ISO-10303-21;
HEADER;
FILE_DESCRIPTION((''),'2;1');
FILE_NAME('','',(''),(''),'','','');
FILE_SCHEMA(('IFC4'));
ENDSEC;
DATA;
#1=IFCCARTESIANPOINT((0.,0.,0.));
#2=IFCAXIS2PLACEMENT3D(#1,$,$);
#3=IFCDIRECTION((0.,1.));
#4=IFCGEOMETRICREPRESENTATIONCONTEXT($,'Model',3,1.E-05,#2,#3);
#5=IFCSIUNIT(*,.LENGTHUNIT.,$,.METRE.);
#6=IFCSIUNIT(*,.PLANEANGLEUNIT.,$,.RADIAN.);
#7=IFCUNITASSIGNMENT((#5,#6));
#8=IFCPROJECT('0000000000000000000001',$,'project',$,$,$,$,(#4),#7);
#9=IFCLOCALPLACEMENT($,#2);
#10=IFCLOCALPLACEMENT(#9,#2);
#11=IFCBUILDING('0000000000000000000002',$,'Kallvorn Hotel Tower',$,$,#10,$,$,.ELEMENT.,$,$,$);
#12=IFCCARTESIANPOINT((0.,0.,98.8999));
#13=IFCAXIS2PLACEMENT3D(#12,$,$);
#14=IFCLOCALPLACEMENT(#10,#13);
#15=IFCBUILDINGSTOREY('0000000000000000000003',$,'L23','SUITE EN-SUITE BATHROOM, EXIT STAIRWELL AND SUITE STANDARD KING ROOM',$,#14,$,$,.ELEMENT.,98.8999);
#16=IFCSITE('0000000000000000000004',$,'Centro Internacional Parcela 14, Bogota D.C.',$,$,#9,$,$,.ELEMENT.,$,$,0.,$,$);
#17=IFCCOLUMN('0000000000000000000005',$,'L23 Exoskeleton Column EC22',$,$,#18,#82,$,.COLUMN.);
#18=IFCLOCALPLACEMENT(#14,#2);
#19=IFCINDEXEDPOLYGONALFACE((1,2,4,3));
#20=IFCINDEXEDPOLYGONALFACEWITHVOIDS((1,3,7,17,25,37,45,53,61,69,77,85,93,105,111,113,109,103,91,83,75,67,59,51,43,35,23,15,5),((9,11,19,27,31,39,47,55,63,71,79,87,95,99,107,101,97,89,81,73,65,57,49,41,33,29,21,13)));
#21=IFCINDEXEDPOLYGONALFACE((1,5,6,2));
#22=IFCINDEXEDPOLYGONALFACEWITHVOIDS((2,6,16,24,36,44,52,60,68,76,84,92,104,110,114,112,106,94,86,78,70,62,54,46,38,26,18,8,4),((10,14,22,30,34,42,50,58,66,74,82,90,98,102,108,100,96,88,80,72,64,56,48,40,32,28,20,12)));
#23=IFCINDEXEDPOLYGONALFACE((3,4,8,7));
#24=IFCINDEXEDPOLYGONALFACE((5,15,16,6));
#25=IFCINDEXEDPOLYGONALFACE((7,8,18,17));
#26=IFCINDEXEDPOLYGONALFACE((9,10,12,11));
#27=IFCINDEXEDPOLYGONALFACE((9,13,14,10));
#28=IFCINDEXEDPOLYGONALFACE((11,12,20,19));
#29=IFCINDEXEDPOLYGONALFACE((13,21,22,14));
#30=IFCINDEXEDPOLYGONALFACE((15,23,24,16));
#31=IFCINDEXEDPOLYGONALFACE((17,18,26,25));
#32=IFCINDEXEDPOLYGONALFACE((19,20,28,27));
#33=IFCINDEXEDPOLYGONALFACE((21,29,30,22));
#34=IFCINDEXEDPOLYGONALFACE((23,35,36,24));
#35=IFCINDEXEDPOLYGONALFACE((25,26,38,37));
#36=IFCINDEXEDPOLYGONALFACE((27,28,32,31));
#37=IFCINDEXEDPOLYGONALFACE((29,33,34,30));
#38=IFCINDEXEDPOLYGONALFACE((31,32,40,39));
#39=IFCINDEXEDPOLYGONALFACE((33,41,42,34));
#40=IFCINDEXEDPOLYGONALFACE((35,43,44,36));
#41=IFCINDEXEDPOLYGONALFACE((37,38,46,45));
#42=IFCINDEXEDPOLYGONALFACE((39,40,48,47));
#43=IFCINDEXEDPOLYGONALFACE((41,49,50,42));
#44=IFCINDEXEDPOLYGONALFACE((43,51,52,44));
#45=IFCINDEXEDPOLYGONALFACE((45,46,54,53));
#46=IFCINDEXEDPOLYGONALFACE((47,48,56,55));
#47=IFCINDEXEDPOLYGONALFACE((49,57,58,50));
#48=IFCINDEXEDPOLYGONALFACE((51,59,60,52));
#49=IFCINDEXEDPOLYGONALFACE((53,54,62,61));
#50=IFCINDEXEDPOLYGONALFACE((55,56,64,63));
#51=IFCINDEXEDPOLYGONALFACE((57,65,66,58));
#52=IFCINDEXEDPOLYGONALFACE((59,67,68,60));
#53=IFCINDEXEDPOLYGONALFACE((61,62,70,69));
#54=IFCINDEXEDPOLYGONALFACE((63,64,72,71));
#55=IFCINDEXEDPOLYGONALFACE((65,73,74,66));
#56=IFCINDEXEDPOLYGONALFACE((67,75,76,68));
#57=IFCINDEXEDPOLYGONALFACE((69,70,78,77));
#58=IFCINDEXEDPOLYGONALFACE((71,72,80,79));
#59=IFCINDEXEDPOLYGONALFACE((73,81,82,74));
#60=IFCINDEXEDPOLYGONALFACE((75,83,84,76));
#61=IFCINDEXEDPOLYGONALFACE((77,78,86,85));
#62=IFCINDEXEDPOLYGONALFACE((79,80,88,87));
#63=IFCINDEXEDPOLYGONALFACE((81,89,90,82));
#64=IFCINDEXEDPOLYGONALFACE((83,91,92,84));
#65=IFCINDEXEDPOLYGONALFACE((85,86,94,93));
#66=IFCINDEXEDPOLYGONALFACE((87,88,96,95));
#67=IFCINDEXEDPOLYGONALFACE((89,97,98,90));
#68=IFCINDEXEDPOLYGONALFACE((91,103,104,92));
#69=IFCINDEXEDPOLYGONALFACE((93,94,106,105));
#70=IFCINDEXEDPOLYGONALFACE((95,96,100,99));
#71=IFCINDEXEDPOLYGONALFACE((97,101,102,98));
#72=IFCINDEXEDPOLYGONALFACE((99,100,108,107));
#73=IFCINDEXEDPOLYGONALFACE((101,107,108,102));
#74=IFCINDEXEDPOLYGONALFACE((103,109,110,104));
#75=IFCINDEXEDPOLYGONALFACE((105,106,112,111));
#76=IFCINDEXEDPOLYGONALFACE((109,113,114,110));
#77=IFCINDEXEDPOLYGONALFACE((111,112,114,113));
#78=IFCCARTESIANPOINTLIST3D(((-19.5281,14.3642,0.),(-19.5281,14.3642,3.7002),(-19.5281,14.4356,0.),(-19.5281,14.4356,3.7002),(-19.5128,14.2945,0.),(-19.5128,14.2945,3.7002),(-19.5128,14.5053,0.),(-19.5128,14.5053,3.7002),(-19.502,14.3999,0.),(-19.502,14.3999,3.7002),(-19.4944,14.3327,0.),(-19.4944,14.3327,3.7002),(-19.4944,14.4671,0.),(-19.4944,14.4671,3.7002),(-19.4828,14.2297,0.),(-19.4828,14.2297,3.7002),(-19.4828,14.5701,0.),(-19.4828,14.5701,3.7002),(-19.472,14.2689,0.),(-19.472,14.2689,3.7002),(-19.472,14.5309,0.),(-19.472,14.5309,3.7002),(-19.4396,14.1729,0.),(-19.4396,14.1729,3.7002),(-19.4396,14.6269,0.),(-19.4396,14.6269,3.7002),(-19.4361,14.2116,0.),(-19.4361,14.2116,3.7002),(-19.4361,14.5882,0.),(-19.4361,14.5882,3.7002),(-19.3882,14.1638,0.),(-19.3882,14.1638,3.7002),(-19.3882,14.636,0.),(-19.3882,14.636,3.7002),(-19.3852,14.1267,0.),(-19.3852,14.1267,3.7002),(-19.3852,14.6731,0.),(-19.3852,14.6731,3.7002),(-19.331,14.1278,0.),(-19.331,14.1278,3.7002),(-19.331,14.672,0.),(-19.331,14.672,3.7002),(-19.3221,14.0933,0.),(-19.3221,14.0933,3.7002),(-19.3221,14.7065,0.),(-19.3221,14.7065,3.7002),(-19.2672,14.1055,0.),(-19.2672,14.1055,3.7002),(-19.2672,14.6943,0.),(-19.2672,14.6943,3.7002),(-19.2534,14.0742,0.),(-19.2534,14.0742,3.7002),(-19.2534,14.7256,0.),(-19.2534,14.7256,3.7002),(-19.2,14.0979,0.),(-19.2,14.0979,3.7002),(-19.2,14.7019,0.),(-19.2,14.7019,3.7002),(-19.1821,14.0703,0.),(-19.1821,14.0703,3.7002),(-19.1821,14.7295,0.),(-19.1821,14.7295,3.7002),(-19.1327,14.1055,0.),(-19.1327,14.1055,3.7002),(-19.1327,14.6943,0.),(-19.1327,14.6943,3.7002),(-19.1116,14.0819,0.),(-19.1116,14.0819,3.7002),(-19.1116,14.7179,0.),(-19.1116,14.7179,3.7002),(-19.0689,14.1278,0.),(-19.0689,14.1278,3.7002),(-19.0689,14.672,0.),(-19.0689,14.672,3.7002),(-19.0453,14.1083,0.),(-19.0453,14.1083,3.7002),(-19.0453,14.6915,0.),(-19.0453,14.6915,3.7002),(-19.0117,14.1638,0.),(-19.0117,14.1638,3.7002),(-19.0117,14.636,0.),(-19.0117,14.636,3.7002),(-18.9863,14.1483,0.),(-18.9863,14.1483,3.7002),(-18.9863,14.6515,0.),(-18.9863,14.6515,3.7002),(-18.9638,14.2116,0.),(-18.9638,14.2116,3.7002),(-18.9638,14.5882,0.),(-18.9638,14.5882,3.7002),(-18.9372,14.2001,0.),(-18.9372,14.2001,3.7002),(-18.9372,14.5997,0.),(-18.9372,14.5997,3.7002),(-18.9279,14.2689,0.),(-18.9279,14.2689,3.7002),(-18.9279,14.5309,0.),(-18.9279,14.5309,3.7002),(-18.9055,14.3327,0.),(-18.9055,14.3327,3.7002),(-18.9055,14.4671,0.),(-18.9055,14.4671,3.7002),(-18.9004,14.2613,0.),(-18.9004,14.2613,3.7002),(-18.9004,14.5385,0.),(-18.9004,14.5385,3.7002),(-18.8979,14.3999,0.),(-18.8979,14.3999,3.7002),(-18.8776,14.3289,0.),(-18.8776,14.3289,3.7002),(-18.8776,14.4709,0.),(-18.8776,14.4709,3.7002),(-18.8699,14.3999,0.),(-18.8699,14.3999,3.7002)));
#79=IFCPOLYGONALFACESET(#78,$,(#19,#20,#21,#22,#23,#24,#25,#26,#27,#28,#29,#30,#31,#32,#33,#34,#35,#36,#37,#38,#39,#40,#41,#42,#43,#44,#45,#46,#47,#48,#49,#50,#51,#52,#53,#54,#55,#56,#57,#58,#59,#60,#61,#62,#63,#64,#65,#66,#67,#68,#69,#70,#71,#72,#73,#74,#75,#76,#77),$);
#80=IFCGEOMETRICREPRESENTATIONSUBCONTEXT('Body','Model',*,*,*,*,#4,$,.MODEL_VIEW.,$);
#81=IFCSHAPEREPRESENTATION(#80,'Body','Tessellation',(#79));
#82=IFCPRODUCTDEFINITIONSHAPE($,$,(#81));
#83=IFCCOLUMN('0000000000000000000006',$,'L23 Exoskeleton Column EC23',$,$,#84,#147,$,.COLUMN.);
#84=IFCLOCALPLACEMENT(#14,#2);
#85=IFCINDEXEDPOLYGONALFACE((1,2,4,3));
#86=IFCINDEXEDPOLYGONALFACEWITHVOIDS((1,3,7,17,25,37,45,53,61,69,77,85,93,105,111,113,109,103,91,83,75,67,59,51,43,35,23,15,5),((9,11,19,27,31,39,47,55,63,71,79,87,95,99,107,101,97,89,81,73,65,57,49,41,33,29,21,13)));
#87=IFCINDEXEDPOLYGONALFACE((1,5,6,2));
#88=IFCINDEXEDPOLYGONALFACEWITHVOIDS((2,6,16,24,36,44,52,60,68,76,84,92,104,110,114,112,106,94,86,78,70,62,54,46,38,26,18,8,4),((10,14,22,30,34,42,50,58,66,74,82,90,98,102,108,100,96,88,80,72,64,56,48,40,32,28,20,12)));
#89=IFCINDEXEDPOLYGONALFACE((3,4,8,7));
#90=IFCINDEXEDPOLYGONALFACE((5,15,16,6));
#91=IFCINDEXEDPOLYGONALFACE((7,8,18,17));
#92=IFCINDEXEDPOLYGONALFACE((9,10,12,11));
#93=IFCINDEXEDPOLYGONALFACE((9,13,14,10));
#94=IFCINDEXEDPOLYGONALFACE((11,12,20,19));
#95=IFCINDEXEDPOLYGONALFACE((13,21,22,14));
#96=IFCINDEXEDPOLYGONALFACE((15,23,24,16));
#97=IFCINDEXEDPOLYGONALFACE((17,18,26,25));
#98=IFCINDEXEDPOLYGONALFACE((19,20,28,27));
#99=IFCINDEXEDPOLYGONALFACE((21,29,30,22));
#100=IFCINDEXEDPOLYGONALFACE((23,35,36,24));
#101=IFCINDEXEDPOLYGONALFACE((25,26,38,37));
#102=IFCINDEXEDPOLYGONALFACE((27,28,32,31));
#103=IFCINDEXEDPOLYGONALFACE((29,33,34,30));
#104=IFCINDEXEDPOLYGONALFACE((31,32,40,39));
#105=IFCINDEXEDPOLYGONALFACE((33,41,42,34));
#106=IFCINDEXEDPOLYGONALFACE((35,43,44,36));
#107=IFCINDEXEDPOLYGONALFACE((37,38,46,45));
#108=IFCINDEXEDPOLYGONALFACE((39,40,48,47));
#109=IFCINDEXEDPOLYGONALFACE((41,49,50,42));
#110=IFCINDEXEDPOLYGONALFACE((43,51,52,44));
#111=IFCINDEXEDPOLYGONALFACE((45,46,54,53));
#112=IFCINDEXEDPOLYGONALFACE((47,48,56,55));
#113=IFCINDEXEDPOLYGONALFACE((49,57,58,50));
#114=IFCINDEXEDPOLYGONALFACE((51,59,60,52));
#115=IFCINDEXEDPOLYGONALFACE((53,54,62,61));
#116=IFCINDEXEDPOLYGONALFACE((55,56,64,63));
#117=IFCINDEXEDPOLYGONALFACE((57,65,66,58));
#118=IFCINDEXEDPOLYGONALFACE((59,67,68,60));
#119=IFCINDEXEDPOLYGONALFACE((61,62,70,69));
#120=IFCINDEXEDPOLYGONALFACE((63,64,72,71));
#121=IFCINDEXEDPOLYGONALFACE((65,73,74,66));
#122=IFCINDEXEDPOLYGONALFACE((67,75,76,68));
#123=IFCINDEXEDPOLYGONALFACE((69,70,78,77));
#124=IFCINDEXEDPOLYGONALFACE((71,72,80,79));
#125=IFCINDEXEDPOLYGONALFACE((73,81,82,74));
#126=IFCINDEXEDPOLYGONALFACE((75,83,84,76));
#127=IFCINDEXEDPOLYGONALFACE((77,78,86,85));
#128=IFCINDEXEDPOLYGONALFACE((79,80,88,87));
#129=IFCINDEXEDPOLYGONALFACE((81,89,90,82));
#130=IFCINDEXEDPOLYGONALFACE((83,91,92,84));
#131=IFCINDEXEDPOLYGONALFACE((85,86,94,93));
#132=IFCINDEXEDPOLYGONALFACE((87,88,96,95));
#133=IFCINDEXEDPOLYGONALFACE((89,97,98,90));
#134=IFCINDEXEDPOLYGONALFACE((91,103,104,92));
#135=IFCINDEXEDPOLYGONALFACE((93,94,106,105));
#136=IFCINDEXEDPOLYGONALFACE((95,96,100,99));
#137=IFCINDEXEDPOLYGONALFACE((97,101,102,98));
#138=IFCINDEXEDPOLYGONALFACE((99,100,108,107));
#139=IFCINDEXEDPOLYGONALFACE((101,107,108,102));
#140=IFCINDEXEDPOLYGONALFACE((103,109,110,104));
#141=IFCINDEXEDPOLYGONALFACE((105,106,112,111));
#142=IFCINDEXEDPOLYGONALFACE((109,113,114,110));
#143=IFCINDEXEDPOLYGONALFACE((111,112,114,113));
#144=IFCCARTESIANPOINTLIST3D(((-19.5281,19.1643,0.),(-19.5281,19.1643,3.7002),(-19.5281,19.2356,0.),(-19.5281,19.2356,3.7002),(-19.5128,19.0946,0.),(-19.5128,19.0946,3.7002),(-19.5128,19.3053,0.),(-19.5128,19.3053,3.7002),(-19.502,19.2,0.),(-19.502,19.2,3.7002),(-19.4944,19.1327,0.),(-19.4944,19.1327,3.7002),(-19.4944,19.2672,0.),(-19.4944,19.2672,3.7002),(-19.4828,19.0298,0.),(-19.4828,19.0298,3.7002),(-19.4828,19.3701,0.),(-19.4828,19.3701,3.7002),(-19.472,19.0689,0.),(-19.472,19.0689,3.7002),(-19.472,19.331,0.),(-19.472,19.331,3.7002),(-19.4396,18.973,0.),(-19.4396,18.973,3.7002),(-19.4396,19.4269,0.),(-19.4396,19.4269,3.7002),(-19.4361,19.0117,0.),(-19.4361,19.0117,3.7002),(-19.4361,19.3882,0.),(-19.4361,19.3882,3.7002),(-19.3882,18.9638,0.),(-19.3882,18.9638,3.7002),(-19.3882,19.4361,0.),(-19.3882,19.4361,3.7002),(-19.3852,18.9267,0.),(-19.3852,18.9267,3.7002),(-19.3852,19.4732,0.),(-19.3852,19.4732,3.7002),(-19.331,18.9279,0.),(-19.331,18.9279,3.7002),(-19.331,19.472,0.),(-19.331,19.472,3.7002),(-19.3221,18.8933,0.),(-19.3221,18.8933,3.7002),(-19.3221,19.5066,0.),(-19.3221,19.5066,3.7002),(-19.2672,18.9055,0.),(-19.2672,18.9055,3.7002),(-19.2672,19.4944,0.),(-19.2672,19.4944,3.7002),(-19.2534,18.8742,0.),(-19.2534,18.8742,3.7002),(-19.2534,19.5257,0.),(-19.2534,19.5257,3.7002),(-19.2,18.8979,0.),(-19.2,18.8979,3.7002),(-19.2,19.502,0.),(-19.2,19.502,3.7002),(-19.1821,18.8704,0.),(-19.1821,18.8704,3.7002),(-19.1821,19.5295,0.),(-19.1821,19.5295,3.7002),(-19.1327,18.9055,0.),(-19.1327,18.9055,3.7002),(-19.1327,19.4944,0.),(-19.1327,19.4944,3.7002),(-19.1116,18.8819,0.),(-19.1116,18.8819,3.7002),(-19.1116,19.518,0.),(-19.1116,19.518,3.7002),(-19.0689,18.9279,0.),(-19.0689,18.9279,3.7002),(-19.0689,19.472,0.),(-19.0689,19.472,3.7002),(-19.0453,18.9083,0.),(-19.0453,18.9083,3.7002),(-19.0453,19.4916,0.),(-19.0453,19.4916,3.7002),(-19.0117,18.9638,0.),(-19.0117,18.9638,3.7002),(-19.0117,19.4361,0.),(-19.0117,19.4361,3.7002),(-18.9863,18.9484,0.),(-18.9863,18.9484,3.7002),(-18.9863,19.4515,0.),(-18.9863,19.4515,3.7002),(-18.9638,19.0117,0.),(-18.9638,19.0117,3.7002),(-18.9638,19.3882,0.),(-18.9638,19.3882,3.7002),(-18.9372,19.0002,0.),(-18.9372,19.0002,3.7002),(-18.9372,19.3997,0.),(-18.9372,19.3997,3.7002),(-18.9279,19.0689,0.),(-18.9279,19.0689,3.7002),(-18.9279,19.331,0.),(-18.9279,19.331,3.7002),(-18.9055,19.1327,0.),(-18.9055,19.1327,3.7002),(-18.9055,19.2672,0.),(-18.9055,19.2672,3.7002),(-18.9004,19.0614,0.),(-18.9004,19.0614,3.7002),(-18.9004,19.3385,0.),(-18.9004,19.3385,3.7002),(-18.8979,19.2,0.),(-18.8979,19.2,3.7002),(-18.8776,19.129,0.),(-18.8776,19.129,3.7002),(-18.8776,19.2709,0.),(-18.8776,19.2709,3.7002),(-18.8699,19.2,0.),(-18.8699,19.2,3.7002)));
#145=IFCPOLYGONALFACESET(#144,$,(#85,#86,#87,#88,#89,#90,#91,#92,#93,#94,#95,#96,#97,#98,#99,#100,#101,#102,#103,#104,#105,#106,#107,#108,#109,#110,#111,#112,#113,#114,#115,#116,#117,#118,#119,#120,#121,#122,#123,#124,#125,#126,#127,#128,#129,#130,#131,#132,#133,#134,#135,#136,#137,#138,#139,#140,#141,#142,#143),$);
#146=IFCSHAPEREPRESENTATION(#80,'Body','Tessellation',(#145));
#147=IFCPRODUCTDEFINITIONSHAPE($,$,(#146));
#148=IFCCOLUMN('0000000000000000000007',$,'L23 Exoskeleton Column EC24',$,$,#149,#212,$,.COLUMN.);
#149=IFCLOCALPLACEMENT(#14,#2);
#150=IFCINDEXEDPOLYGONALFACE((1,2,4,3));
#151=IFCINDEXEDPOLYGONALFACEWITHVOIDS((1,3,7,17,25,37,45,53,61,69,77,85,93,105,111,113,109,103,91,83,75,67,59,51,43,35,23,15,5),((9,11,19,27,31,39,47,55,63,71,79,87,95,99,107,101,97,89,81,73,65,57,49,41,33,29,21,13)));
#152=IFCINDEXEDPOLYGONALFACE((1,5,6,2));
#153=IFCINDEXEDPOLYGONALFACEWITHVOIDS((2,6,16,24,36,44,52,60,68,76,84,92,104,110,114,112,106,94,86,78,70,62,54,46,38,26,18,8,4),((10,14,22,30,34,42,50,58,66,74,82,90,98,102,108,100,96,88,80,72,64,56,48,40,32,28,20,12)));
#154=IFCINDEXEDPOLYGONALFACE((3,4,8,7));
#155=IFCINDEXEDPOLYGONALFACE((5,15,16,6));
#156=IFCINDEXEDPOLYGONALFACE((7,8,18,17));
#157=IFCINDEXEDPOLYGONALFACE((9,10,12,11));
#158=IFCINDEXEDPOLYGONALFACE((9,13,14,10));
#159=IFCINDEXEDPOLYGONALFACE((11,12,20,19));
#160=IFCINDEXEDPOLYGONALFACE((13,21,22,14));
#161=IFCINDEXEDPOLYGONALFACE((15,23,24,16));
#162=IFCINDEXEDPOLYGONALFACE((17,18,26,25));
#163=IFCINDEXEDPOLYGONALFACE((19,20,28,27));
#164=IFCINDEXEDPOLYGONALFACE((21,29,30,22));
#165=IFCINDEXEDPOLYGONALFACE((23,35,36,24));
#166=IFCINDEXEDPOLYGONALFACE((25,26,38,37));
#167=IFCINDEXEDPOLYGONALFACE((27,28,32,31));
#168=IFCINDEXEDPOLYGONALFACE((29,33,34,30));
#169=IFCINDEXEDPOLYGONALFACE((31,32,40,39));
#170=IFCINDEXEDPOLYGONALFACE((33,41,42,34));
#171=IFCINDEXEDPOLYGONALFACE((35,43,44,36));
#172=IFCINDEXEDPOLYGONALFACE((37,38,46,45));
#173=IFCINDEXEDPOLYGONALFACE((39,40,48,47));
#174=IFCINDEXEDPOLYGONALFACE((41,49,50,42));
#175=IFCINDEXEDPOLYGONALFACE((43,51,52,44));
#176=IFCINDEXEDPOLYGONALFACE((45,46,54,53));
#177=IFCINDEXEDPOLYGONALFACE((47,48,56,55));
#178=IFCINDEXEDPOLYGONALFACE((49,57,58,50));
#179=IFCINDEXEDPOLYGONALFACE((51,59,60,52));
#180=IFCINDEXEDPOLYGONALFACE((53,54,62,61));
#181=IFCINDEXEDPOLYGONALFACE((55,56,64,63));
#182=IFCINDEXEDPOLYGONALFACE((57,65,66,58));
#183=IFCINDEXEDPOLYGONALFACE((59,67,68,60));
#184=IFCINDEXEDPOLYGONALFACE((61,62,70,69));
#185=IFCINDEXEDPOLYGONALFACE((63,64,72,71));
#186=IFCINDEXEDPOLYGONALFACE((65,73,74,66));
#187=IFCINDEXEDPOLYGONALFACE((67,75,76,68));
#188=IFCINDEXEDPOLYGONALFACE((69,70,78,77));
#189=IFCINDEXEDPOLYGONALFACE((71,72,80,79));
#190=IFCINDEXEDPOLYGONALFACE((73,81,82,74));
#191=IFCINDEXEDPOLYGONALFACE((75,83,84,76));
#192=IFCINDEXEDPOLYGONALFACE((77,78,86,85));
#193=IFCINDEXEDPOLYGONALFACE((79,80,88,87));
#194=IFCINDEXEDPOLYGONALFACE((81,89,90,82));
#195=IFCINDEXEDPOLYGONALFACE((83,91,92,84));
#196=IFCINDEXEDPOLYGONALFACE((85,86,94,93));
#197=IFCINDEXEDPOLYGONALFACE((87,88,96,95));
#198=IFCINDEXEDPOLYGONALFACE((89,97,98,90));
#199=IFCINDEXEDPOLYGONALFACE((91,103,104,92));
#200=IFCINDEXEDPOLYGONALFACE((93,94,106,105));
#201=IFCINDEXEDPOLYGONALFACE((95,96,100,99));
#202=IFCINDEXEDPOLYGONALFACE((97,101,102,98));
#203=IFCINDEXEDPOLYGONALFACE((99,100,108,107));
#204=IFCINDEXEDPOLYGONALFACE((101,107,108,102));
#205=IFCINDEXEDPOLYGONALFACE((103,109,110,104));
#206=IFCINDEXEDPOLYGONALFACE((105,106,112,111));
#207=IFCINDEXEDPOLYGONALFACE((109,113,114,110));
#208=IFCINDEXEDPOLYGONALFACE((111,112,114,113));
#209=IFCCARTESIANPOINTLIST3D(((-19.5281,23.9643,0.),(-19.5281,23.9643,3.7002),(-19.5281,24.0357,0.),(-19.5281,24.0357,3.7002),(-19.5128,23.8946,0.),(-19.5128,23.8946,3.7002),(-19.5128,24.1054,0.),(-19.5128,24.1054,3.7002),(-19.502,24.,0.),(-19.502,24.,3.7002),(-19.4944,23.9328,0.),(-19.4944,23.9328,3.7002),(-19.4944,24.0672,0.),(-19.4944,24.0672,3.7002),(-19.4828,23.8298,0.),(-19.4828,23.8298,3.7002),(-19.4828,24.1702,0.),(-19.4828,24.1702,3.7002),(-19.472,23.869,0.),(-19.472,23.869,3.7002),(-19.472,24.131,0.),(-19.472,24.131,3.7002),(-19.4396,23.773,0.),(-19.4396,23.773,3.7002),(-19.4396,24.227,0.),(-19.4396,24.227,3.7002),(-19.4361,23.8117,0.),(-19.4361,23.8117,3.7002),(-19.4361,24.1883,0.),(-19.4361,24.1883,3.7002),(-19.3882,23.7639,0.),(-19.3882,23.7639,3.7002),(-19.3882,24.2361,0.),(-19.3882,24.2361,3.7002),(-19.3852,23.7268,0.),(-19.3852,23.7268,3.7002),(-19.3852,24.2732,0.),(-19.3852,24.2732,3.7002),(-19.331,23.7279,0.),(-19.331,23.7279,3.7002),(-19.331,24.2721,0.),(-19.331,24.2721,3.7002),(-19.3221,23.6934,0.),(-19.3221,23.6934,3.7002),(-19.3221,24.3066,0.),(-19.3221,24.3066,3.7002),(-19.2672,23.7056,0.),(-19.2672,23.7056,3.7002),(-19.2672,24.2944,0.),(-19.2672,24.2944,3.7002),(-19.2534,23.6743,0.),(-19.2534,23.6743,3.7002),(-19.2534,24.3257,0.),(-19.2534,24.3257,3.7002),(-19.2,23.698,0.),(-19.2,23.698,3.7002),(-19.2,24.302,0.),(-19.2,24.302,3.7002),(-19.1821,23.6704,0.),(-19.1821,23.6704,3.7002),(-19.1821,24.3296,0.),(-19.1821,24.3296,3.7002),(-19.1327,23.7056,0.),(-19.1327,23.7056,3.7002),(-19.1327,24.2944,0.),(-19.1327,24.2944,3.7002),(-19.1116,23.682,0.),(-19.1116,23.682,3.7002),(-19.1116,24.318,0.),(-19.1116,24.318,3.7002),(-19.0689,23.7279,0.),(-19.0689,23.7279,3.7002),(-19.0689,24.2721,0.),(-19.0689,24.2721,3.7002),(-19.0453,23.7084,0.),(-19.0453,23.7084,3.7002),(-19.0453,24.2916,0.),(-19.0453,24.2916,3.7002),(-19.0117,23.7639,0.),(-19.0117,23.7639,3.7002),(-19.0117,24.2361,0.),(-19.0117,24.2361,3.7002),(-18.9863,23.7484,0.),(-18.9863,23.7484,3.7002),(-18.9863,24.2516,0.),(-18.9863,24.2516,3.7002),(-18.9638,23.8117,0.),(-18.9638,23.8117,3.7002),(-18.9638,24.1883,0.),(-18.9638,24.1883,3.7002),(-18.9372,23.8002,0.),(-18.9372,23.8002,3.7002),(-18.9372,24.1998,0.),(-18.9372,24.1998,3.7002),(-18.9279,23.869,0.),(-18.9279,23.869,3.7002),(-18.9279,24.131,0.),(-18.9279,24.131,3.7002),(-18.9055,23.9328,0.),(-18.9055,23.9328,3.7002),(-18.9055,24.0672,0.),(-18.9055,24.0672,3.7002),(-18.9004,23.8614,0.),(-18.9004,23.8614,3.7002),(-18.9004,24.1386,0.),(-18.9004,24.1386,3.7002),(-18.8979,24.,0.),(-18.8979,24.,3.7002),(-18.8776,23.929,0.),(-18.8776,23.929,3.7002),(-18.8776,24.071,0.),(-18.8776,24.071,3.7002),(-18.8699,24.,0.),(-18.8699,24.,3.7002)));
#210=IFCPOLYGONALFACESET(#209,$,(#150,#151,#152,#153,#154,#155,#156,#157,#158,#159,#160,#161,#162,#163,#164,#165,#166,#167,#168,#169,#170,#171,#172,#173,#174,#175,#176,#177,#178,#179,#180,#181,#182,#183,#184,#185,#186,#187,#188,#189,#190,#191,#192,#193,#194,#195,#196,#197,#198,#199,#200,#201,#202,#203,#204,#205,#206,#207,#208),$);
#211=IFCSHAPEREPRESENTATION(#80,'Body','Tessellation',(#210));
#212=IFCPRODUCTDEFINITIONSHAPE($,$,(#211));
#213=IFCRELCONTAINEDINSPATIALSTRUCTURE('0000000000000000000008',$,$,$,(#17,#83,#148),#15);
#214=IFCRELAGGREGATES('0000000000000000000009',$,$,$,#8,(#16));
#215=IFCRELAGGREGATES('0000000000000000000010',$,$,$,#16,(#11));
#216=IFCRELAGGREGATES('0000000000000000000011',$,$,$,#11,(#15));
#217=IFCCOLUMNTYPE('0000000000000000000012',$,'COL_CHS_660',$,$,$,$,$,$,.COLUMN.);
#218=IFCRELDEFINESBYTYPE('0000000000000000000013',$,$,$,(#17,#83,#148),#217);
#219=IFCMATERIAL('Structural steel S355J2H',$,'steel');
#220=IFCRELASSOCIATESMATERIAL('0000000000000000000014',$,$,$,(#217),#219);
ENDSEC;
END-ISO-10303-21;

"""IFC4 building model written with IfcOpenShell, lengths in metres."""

from ifc_helpers import new_model, si_unit, direction, frame, origin, origin_2d, place, context, subcontext, project, spatial, hollow_circle, extrude, material, material_profile, profile_set, type_object, element, save


model = new_model("IFC4")

# Units and contexts
model_context = context("Model", 3, precision=1e-05, world=origin(), true_north=direction((0.0, 1.0)))
body_context = subcontext(model_context, "Body", "Model", "MODEL_VIEW")
ifc_project = project(units=[si_unit("LENGTHUNIT", "METRE"), si_unit("PLANEANGLEUNIT", "RADIAN")], contexts=[model_context])

# Site, building, storey
site_placement = place(None, origin())
site = spatial("IfcSite", under=ifc_project, at=site_placement, Name="Centro Internacional Parcela 14, Bogota D.C.", CompositionType="ELEMENT", RefElevation=0.0)
building_placement = place(site_placement, origin())
building = spatial("IfcBuilding", under=site, at=building_placement, Name="Kallvorn Hotel Tower", CompositionType="ELEMENT")
storey_placement = place(building_placement, frame((0.0, 0.0, 98.8999)))
storey = spatial("IfcBuildingStorey", under=building, at=storey_placement, Name="L23", Description="SUITE EN-SUITE BATHROOM, EXIT STAIRWELL AND SUITE STANDARD KING ROOM", CompositionType="ELEMENT", Elevation=98.8999)

# Columns
ifc_material_1 = material(Name="Structural steel S355J2H", Category="steel")
ifc_material_profile_1 = material_profile(ifc_material_1, hollow_circle(Radius=0.3301, WallThickness=0.0281, at=origin_2d()), Name="CHS 660x28")
ifc_profile_set_1 = profile_set([ifc_material_profile_1], Name="Structural steel S355J2H")
column_type_1 = type_object("IfcColumnType", Name="COL_CHS_660", PredefinedType="COLUMN", material=ifc_profile_set_1)
for number, where, z_axis, x_axis, name in (
    (1, (-19.2, 14.3999, 0.0), (0.0, 0.0, 1.0), (1.0, 0.0, 0.0), "L23 Exoskeleton Column EC22"),
    (2, (-19.2, 19.2, 0.0), (0.0, 0.0, 1.0), (1.0, 0.0, 0.0), "L23 Exoskeleton Column EC23"),
    (3, (-19.2, 24.0, 0.0), (0.0, 0.0, 1.0), (1.0, 0.0, 0.0), "L23 Exoskeleton Column EC24"),
):
    element("IfcColumn", number, at=place(storey_placement, frame(where, z_axis=z_axis, x_axis=x_axis)), inside=storey, type_object=column_type_1, Name=name, PredefinedType="COLUMN", context=body_context, shape_type="SweptSolid", body=[
        extrude(hollow_circle(Radius=0.3301, WallThickness=0.0281, at=origin_2d()), origin(), (0.0, 0.0, 1.0), 3.7002),
    ])

save(model, "model.ifc")
